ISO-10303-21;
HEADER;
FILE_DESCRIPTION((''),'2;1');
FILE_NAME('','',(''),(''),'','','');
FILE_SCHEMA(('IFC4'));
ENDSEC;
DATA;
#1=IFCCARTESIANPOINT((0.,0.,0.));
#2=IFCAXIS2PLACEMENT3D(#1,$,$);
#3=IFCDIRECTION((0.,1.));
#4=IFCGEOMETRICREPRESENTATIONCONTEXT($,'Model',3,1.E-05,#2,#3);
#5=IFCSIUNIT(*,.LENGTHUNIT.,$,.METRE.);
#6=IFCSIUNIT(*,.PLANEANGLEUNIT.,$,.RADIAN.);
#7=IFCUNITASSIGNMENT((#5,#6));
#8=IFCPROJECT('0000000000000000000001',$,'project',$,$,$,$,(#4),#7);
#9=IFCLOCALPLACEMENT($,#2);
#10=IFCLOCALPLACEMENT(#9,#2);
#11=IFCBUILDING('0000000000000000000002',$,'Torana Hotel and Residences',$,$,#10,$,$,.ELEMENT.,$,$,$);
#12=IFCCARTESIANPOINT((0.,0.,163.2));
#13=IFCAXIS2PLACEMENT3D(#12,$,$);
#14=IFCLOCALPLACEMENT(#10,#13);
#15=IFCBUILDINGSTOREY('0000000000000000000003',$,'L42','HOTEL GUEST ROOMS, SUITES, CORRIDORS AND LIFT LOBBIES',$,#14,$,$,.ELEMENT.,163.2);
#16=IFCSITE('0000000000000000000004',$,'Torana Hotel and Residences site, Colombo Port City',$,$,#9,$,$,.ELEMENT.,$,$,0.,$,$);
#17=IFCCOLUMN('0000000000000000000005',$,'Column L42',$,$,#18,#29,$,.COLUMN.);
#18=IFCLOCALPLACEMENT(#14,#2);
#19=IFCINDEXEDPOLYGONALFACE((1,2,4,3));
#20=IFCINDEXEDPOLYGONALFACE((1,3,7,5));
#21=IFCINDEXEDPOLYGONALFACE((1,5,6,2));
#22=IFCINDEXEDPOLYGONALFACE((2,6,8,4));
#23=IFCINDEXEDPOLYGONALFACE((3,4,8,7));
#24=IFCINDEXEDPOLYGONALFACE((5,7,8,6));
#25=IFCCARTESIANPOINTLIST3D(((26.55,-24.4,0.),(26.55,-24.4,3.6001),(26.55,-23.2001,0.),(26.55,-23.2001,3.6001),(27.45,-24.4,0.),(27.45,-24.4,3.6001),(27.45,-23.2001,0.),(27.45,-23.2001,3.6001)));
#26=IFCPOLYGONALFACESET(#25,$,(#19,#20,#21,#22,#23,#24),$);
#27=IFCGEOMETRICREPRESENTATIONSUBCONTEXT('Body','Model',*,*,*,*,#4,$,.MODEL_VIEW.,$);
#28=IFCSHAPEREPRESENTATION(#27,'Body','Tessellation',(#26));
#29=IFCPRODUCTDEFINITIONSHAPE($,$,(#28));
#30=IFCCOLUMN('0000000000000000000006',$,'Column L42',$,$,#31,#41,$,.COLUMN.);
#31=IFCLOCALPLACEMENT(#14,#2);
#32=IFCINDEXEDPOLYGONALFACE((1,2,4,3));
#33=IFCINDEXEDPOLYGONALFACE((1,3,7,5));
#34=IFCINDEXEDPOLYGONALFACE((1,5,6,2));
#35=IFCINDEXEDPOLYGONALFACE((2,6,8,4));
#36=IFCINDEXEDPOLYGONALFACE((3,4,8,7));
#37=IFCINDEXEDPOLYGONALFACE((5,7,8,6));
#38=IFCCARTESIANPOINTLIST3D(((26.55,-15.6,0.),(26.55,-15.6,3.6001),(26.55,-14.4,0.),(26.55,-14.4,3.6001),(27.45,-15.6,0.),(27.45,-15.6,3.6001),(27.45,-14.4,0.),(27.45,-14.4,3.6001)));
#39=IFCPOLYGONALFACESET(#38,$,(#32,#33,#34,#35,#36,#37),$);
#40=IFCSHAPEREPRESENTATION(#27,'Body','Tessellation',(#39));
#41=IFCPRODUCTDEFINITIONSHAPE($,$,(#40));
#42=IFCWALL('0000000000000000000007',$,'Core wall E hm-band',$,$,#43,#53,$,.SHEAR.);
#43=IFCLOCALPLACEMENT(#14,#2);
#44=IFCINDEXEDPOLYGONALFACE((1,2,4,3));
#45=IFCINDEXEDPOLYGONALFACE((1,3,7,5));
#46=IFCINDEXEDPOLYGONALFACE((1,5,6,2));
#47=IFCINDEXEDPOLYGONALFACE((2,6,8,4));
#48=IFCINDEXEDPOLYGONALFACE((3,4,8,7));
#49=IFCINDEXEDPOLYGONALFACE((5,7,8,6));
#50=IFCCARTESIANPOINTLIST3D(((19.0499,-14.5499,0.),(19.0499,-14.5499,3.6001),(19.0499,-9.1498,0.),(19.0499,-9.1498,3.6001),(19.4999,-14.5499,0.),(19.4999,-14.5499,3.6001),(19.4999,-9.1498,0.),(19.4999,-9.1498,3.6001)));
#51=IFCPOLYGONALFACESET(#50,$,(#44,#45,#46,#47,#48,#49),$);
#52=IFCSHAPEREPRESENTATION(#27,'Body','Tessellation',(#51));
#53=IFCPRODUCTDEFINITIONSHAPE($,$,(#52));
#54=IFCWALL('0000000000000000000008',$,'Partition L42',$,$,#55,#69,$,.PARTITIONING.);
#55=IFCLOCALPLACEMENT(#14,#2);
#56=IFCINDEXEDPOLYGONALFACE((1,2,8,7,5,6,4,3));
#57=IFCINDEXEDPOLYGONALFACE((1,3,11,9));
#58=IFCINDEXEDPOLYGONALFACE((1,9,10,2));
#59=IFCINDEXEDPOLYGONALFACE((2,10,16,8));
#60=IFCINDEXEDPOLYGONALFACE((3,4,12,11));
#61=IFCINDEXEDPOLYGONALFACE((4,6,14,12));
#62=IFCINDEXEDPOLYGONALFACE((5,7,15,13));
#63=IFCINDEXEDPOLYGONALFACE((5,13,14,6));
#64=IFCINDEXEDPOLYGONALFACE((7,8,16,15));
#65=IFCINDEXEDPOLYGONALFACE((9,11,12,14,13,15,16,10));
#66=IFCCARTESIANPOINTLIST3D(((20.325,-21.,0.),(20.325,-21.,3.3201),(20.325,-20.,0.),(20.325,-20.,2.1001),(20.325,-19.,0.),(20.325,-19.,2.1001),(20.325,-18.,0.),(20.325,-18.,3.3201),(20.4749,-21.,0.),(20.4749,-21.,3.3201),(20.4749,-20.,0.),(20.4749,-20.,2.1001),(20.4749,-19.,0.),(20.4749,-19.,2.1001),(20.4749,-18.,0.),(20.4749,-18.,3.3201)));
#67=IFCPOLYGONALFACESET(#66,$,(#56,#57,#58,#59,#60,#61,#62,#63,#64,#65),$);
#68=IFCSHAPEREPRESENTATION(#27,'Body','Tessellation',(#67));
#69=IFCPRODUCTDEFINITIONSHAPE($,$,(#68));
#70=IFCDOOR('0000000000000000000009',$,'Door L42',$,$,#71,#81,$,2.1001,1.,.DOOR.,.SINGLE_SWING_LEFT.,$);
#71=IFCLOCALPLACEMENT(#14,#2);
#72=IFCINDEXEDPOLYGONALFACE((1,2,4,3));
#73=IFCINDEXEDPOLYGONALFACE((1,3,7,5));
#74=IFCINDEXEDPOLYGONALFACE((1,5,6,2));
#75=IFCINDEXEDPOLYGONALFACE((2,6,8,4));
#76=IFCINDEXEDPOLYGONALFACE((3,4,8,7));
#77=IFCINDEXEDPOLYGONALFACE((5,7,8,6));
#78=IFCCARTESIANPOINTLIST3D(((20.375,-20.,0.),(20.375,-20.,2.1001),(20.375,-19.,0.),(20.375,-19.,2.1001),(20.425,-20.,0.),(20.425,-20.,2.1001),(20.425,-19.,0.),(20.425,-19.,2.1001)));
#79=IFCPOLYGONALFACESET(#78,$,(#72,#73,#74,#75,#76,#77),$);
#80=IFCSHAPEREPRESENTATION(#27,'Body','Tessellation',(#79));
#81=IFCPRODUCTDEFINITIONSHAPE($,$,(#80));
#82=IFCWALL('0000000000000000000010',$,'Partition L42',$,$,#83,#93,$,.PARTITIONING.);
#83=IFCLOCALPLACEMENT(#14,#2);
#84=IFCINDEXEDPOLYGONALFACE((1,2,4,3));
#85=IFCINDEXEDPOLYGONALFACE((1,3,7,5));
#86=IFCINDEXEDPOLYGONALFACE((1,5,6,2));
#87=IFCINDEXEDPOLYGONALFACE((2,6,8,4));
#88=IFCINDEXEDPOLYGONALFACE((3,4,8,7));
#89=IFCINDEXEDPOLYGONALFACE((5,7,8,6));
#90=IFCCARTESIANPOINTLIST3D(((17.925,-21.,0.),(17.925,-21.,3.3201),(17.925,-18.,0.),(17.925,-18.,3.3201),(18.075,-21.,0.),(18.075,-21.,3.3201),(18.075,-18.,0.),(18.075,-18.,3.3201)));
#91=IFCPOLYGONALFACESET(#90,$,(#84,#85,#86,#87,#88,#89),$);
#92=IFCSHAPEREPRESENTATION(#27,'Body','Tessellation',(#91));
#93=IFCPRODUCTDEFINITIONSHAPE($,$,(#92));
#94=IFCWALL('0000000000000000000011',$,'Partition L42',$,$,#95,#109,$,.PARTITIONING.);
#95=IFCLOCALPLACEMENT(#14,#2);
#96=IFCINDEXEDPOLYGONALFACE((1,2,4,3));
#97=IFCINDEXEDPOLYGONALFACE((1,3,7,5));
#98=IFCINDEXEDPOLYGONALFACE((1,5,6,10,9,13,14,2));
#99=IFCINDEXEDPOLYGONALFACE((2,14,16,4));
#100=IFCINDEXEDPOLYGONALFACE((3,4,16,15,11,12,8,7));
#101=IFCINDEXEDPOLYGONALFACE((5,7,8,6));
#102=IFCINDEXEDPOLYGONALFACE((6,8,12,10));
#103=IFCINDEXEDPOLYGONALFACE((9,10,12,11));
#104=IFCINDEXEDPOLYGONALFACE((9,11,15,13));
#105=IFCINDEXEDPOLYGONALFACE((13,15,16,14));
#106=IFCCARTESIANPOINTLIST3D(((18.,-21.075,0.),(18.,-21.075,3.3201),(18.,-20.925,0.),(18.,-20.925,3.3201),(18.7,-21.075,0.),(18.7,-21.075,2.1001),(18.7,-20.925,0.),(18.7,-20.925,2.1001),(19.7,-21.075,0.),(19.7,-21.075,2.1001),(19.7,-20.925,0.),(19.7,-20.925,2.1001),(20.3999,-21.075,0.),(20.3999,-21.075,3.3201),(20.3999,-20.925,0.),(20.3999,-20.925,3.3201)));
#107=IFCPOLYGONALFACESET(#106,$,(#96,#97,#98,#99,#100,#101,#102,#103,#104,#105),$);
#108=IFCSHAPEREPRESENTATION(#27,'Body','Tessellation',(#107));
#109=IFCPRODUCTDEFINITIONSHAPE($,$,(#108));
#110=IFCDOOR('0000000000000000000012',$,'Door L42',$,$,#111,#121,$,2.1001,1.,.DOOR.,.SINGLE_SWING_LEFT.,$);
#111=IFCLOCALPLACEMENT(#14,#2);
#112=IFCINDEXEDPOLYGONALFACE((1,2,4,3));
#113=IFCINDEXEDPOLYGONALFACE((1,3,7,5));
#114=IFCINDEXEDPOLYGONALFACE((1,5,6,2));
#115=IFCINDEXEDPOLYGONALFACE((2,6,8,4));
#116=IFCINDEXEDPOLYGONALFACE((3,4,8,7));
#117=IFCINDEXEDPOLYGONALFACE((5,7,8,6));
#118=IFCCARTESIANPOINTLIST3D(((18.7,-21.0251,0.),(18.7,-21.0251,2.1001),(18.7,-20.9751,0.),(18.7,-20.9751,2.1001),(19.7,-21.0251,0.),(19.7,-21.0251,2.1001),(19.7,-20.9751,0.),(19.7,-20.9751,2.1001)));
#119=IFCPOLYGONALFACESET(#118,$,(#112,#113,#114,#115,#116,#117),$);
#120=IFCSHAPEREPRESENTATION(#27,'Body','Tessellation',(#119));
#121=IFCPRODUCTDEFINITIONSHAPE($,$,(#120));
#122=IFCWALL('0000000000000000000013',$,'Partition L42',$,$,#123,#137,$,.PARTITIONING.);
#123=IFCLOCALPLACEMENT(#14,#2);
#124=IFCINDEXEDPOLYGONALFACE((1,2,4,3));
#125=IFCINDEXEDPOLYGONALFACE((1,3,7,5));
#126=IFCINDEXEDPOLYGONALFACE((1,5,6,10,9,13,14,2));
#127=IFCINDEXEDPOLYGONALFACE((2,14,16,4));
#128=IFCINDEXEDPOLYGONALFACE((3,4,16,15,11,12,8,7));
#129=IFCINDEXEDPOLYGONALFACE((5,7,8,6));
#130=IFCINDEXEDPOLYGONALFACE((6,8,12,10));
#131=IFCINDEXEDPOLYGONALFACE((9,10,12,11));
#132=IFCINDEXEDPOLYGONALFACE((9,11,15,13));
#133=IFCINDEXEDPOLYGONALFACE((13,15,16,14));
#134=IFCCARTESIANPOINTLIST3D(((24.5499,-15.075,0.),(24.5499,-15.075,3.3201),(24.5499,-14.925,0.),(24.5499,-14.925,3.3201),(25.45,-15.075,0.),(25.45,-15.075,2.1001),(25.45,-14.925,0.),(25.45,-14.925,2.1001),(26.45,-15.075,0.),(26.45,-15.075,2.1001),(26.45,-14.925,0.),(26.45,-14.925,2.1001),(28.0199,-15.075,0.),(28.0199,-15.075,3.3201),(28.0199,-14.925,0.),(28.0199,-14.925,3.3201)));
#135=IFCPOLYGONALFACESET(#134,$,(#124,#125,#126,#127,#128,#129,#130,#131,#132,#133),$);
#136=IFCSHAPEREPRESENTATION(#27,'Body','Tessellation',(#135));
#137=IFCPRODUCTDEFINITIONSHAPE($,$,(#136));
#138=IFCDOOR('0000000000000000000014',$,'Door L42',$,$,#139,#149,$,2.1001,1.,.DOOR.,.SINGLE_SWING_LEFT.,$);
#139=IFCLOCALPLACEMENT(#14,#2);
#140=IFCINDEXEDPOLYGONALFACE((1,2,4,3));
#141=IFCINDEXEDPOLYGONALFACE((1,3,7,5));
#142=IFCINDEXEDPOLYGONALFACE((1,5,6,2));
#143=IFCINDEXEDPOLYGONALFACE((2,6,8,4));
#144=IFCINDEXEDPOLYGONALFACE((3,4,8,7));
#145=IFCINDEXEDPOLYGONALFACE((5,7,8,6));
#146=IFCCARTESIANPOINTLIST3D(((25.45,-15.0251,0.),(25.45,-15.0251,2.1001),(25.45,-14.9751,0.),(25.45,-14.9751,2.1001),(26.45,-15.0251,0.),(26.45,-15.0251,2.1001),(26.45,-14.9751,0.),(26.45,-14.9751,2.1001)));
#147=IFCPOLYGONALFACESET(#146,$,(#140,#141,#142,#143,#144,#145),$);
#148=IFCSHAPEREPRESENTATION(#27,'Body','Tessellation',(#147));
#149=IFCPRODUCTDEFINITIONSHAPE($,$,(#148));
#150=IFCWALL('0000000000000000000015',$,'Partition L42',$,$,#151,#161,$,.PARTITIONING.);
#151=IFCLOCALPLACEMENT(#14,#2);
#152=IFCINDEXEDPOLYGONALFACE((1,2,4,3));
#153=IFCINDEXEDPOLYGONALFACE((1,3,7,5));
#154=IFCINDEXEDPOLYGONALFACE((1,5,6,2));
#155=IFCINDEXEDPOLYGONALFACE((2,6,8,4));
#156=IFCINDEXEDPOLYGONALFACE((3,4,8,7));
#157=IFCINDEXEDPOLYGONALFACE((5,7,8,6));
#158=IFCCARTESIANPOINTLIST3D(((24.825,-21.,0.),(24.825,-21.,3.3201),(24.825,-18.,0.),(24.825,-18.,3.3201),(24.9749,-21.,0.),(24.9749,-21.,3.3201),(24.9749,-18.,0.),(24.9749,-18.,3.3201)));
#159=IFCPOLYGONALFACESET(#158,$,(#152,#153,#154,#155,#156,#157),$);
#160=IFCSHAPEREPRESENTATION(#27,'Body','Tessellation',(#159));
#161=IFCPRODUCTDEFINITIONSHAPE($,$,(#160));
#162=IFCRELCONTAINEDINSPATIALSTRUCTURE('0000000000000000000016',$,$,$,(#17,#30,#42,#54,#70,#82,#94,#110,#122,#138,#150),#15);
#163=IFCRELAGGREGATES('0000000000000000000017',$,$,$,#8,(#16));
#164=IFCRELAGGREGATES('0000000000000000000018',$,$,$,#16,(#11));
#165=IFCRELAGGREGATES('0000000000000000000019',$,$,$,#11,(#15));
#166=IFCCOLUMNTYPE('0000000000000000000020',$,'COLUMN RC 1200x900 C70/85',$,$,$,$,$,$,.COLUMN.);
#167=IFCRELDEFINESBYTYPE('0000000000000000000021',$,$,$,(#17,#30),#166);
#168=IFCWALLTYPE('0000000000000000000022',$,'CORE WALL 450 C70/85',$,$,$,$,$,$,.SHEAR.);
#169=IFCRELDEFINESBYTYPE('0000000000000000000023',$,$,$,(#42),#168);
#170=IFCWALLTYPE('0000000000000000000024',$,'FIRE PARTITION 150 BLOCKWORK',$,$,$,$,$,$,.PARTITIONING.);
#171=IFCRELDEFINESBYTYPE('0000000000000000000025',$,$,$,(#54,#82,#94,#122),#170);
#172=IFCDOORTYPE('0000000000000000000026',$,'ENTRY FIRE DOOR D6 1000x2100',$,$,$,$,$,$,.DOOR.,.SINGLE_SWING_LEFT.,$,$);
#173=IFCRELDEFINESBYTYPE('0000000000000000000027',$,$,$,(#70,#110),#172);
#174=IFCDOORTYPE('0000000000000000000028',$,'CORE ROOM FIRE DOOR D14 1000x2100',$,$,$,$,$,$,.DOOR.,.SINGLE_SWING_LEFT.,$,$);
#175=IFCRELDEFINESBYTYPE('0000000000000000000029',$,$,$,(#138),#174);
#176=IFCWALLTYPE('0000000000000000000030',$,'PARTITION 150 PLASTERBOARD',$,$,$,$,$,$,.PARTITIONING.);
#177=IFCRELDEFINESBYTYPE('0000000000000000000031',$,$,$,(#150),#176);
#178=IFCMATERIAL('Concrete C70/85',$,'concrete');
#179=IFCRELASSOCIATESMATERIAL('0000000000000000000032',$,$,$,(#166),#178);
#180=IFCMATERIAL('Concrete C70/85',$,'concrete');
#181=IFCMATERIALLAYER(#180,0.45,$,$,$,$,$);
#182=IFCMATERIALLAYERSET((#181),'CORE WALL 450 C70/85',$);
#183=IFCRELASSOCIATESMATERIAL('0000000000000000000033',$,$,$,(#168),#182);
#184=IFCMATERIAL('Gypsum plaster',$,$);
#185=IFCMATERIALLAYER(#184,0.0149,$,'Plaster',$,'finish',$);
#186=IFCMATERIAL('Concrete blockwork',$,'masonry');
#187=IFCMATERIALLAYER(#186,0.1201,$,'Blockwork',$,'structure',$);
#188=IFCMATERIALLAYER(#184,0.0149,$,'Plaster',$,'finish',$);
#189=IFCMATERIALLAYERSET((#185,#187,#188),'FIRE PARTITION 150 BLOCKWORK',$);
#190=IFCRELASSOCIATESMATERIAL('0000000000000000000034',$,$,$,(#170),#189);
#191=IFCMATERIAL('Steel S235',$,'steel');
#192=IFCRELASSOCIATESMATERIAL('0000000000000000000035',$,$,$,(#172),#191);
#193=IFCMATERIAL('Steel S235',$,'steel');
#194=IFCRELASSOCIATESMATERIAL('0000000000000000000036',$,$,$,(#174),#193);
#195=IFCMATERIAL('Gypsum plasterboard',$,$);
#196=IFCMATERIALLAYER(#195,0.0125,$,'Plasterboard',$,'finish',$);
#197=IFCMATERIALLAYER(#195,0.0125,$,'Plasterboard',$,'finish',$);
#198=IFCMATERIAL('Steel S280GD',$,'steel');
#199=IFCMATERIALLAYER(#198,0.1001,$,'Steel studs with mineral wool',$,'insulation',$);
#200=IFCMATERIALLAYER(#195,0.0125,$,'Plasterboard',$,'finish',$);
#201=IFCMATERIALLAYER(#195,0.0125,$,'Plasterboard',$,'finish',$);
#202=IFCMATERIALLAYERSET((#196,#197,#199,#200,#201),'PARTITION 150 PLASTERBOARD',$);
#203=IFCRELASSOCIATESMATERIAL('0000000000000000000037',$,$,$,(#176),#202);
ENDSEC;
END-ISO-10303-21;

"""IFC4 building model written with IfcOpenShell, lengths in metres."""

from ifc_helpers import new_model, si_unit, direction, frame, frame_2d, origin, origin_2d, place, context, subcontext, project, spatial, rectangle, extrude, material, layer, layer_set, material_profile, profile_set, type_object, element, fill, save


model = new_model("IFC4")

# Units and contexts
model_context = context("Model", 3, precision=1e-05, world=origin(), true_north=direction((0.0, 1.0)))
body_context = subcontext(model_context, "Body", "Model", "MODEL_VIEW")
ifc_project = project(units=[si_unit("LENGTHUNIT", "METRE"), si_unit("PLANEANGLEUNIT", "RADIAN")], contexts=[model_context])

# Site, building, storey
site_placement = place(None, origin())
site = spatial("IfcSite", under=ifc_project, at=site_placement, Name="Torana Hotel and Residences site, Colombo Port City", CompositionType="ELEMENT", RefElevation=0.0)
building_placement = place(site_placement, origin())
building = spatial("IfcBuilding", under=site, at=building_placement, Name="Torana Hotel and Residences", CompositionType="ELEMENT")
storey_placement = place(building_placement, frame((0.0, 0.0, 163.2)))
storey = spatial("IfcBuildingStorey", under=building, at=storey_placement, Name="L42", Description="HOTEL GUEST ROOMS, SUITES, CORRIDORS AND LIFT LOBBIES", CompositionType="ELEMENT", Elevation=163.2)

# Columns
ifc_material_1 = material(Name="Concrete C70/85", Category="concrete")
ifc_material_profile = material_profile(ifc_material_1, rectangle(XDim=1.2, YDim=0.8999, at=origin_2d()), Name="RC 1200x900")
ifc_profile_set = profile_set([ifc_material_profile], Name="Concrete C70/85")
column_type = type_object("IfcColumnType", Name="COLUMN RC 1200x900 C70/85", PredefinedType="COLUMN", material=ifc_profile_set)
for number, where, z_axis, x_axis, name in (
    (1, (27.0, -23.8, 0.0), (0.0, 0.0, 1.0), (0.0, 1.0, 0.0), "Column L42"),
    (2, (27.0, -15.0, 0.0), (0.0, 0.0, 1.0), (0.0, 1.0, 0.0), "Column L42"),
):
    element("IfcColumn", number, at=place(storey_placement, frame(where, z_axis=z_axis, x_axis=x_axis)), inside=storey, type_object=column_type, Name=name, PredefinedType="COLUMN", context=body_context, shape_type="SweptSolid", body=[
        extrude(rectangle(XDim=1.2, YDim=0.8999, at=origin_2d()), origin(), (0.0, 0.0, 1.0), 3.6001),
    ])

# Wall
ifc_material_2 = material(Name="Concrete C70/85", Category="concrete")
ifc_layer_1 = layer(ifc_material_2, 0.45)
ifc_layer_set_1 = layer_set([ifc_layer_1], Name="CORE WALL 450 C70/85")
wall_type_1 = type_object("IfcWallType", Name="CORE WALL 450 C70/85", PredefinedType="SHEAR", material=ifc_layer_set_1)
wall_1_placement = place(storey_placement, frame((19.2749, -14.55, 0.0), z_axis=(0.0, 0.0, 1.0), x_axis=(0.0, 1.0, 0.0)))
element("IfcWall", 3, at=wall_1_placement, inside=storey, type_object=wall_type_1, Name="Core wall E hm-band", PredefinedType="SHEAR", context=body_context, shape_type="SweptSolid", body=[
    extrude(rectangle(XDim=5.4001, YDim=0.45, at=frame_2d((2.7002, 0.0))), origin(), (0.0, 0.0, 1.0), 3.6001),
])

# Wall, opening, door
ifc_material_3 = material(Name="Gypsum plaster")
ifc_layer_2 = layer(ifc_material_3, 0.0149, Name="Plaster", Category="finish")
ifc_material_4 = material(Name="Concrete blockwork", Category="masonry")
ifc_layer_3 = layer(ifc_material_4, 0.1201, Name="Blockwork", Category="structure")
ifc_layer_4 = layer(ifc_material_3, 0.0149, Name="Plaster", Category="finish")
ifc_layer_set_2 = layer_set([ifc_layer_2, ifc_layer_3, ifc_layer_4], Name="FIRE PARTITION 150 BLOCKWORK")
wall_type_2 = type_object("IfcWallType", Name="FIRE PARTITION 150 BLOCKWORK", PredefinedType="PARTITIONING", material=ifc_layer_set_2)
wall_2_placement = place(storey_placement, frame((20.3999, -21.0, 0.0), z_axis=(0.0, 0.0, 1.0), x_axis=(0.0, 1.0, 0.0)))
wall_2 = element("IfcWall", 4, at=wall_2_placement, inside=storey, type_object=wall_type_2, Name="Partition L42", PredefinedType="PARTITIONING", context=body_context, shape_type="SweptSolid", body=[
    extrude(rectangle(XDim=3.0, YDim=0.1499, at=frame_2d((1.5, 0.0))), origin(), (0.0, 0.0, 1.0), 3.3201),
])
opening_1_placement = place(wall_2_placement, frame((1.0, 0.0, 0.0)))
opening_1 = element("IfcOpeningElement", 5, at=opening_1_placement, cuts=wall_2, PredefinedType="OPENING", context=body_context, shape_type="SweptSolid", body=[
    extrude(rectangle(XDim=1.0, YDim=2.1001, at=frame_2d((0.5, 1.05))), frame((0.0, 0.085, 0.0), z_axis=(0.0, -1.0, 0.0), x_axis=(1.0, 0.0, 0.0)), (0.0, 0.0, 1.0), 0.1699),
])
ifc_material_5 = material(Name="Steel S235", Category="steel")
door_type_1 = type_object("IfcDoorType", Name="ENTRY FIRE DOOR D6 1000x2100", OperationType="SINGLE_SWING_LEFT", PredefinedType="DOOR", material=ifc_material_5)
door_1_placement = place(opening_1_placement, frame((0.5, 0.0, 0.0), z_axis=(0.0, 0.0, 1.0), x_axis=(-1.0, 0.0, 0.0)))
door_1 = element("IfcDoor", 6, at=door_1_placement, inside=storey, type_object=door_type_1, Name="Door L42", OperationType="SINGLE_SWING_LEFT", OverallHeight=2.1001, OverallWidth=1.0, PredefinedType="DOOR", context=body_context, shape_type="SweptSolid", body=[
    extrude(rectangle(XDim=1.0, YDim=2.1001, at=frame_2d((0.0, 1.05))), frame((0.0, -0.0249, 0.0), z_axis=(0.0, 1.0, 0.0), x_axis=(-1.0, 0.0, 0.0)), (0.0, 0.0, 1.0), 0.05),
])
fill(opening_1, door_1)

# Wall
wall_3_placement = place(storey_placement, frame((18.0, -21.0, 0.0), z_axis=(0.0, 0.0, 1.0), x_axis=(0.0, 1.0, 0.0)))
element("IfcWall", 7, at=wall_3_placement, inside=storey, type_object=wall_type_2, Name="Partition L42", PredefinedType="PARTITIONING", context=body_context, shape_type="SweptSolid", body=[
    extrude(rectangle(XDim=3.0, YDim=0.1499, at=frame_2d((1.5, 0.0))), origin(), (0.0, 0.0, 1.0), 3.3201),
])

# Walls, openings, doors
wall_4_placement = place(storey_placement, frame((18.0, -21.0, 0.0), z_axis=(0.0, 0.0, 1.0), x_axis=(1.0, 0.0, 0.0)))
wall_4 = element("IfcWall", 8, at=wall_4_placement, inside=storey, type_object=wall_type_2, Name="Partition L42", PredefinedType="PARTITIONING", context=body_context, shape_type="SweptSolid", body=[
    extrude(rectangle(XDim=2.3999, YDim=0.1499, at=frame_2d((1.2, 0.0))), origin(), (0.0, 0.0, 1.0), 3.3201),
])
opening_2_placement = place(wall_4_placement, frame((0.7, 0.0, 0.0)))
opening_2 = element("IfcOpeningElement", 9, at=opening_2_placement, cuts=wall_4, PredefinedType="OPENING", context=body_context, shape_type="SweptSolid", body=[
    extrude(rectangle(XDim=1.0, YDim=2.1001, at=frame_2d((0.5, 1.05))), frame((0.0, 0.085, 0.0), z_axis=(0.0, -1.0, 0.0), x_axis=(1.0, 0.0, 0.0)), (0.0, 0.0, 1.0), 0.1699),
])
door_2_placement = place(opening_2_placement, frame((0.5, 0.0, 0.0), z_axis=(0.0, 0.0, 1.0), x_axis=(-1.0, 0.0, 0.0)))
door_2 = element("IfcDoor", 10, at=door_2_placement, inside=storey, type_object=door_type_1, Name="Door L42", OperationType="SINGLE_SWING_LEFT", OverallHeight=2.1001, OverallWidth=1.0, PredefinedType="DOOR", context=body_context, shape_type="SweptSolid", body=[
    extrude(rectangle(XDim=1.0, YDim=2.1001, at=frame_2d((0.0, 1.05))), frame((0.0, -0.0249, 0.0), z_axis=(0.0, 1.0, 0.0), x_axis=(-1.0, 0.0, 0.0)), (0.0, 0.0, 1.0), 0.05),
])
fill(opening_2, door_2)
wall_5_placement = place(storey_placement, frame((24.55, -15.0, 0.0), z_axis=(0.0, 0.0, 1.0), x_axis=(1.0, 0.0, 0.0)))
wall_5 = element("IfcWall", 11, at=wall_5_placement, inside=storey, type_object=wall_type_2, Name="Partition L42", PredefinedType="PARTITIONING", context=body_context, shape_type="SweptSolid", body=[
    extrude(rectangle(XDim=3.47, YDim=0.1499, at=frame_2d((1.7349, 0.0))), origin(), (0.0, 0.0, 1.0), 3.3201),
])
opening_3_placement = place(wall_5_placement, frame((0.8999, 0.0, 0.0)))
opening_3 = element("IfcOpeningElement", 12, at=opening_3_placement, cuts=wall_5, PredefinedType="OPENING", context=body_context, shape_type="SweptSolid", body=[
    extrude(rectangle(XDim=1.0, YDim=2.1001, at=frame_2d((0.5, 1.05))), frame((0.0, 0.085, 0.0), z_axis=(0.0, -1.0, 0.0), x_axis=(1.0, 0.0, 0.0)), (0.0, 0.0, 1.0), 0.1699),
])
ifc_material_6 = material(Name="Steel S235", Category="steel")
door_type_2 = type_object("IfcDoorType", Name="CORE ROOM FIRE DOOR D14 1000x2100", OperationType="SINGLE_SWING_LEFT", PredefinedType="DOOR", material=ifc_material_6)
door_3_placement = place(opening_3_placement, origin())
door_3 = element("IfcDoor", 13, at=door_3_placement, inside=storey, type_object=door_type_2, Name="Door L42", OperationType="SINGLE_SWING_LEFT", OverallHeight=2.1001, OverallWidth=1.0, PredefinedType="DOOR", context=body_context, shape_type="SweptSolid", body=[
    extrude(rectangle(XDim=1.0, YDim=2.1001, at=frame_2d((0.5, 1.05))), frame((0.0, 0.0249, 0.0), z_axis=(0.0, -1.0, 0.0), x_axis=(1.0, 0.0, 0.0)), (0.0, 0.0, 1.0), 0.05),
])
fill(opening_3, door_3)

# Wall
ifc_material_7 = material(Name="Gypsum plasterboard")
ifc_layer_5 = layer(ifc_material_7, 0.0125, Name="Plasterboard", Category="finish")
ifc_layer_6 = layer(ifc_material_7, 0.0125, Name="Plasterboard", Category="finish")
ifc_material_8 = material(Name="Steel S280GD", Category="steel")
ifc_layer_7 = layer(ifc_material_8, 0.1001, Name="Steel studs with mineral wool", Category="insulation")
ifc_layer_8 = layer(ifc_material_7, 0.0125, Name="Plasterboard", Category="finish")
ifc_layer_9 = layer(ifc_material_7, 0.0125, Name="Plasterboard", Category="finish")
ifc_layer_set_3 = layer_set([ifc_layer_5, ifc_layer_6, ifc_layer_7, ifc_layer_8, ifc_layer_9], Name="PARTITION 150 PLASTERBOARD")
wall_type_3 = type_object("IfcWallType", Name="PARTITION 150 PLASTERBOARD", PredefinedType="PARTITIONING", material=ifc_layer_set_3)
wall_6_placement = place(storey_placement, frame((24.8999, -21.0, 0.0), z_axis=(0.0, 0.0, 1.0), x_axis=(0.0, 1.0, 0.0)))
element("IfcWall", 14, at=wall_6_placement, inside=storey, type_object=wall_type_3, Name="Partition L42", PredefinedType="PARTITIONING", context=body_context, shape_type="SweptSolid", body=[
    extrude(rectangle(XDim=3.0, YDim=0.1499, at=frame_2d((1.5, 0.0))), origin(), (0.0, 0.0, 1.0), 3.3201),
])

save(model, "model.ifc")
